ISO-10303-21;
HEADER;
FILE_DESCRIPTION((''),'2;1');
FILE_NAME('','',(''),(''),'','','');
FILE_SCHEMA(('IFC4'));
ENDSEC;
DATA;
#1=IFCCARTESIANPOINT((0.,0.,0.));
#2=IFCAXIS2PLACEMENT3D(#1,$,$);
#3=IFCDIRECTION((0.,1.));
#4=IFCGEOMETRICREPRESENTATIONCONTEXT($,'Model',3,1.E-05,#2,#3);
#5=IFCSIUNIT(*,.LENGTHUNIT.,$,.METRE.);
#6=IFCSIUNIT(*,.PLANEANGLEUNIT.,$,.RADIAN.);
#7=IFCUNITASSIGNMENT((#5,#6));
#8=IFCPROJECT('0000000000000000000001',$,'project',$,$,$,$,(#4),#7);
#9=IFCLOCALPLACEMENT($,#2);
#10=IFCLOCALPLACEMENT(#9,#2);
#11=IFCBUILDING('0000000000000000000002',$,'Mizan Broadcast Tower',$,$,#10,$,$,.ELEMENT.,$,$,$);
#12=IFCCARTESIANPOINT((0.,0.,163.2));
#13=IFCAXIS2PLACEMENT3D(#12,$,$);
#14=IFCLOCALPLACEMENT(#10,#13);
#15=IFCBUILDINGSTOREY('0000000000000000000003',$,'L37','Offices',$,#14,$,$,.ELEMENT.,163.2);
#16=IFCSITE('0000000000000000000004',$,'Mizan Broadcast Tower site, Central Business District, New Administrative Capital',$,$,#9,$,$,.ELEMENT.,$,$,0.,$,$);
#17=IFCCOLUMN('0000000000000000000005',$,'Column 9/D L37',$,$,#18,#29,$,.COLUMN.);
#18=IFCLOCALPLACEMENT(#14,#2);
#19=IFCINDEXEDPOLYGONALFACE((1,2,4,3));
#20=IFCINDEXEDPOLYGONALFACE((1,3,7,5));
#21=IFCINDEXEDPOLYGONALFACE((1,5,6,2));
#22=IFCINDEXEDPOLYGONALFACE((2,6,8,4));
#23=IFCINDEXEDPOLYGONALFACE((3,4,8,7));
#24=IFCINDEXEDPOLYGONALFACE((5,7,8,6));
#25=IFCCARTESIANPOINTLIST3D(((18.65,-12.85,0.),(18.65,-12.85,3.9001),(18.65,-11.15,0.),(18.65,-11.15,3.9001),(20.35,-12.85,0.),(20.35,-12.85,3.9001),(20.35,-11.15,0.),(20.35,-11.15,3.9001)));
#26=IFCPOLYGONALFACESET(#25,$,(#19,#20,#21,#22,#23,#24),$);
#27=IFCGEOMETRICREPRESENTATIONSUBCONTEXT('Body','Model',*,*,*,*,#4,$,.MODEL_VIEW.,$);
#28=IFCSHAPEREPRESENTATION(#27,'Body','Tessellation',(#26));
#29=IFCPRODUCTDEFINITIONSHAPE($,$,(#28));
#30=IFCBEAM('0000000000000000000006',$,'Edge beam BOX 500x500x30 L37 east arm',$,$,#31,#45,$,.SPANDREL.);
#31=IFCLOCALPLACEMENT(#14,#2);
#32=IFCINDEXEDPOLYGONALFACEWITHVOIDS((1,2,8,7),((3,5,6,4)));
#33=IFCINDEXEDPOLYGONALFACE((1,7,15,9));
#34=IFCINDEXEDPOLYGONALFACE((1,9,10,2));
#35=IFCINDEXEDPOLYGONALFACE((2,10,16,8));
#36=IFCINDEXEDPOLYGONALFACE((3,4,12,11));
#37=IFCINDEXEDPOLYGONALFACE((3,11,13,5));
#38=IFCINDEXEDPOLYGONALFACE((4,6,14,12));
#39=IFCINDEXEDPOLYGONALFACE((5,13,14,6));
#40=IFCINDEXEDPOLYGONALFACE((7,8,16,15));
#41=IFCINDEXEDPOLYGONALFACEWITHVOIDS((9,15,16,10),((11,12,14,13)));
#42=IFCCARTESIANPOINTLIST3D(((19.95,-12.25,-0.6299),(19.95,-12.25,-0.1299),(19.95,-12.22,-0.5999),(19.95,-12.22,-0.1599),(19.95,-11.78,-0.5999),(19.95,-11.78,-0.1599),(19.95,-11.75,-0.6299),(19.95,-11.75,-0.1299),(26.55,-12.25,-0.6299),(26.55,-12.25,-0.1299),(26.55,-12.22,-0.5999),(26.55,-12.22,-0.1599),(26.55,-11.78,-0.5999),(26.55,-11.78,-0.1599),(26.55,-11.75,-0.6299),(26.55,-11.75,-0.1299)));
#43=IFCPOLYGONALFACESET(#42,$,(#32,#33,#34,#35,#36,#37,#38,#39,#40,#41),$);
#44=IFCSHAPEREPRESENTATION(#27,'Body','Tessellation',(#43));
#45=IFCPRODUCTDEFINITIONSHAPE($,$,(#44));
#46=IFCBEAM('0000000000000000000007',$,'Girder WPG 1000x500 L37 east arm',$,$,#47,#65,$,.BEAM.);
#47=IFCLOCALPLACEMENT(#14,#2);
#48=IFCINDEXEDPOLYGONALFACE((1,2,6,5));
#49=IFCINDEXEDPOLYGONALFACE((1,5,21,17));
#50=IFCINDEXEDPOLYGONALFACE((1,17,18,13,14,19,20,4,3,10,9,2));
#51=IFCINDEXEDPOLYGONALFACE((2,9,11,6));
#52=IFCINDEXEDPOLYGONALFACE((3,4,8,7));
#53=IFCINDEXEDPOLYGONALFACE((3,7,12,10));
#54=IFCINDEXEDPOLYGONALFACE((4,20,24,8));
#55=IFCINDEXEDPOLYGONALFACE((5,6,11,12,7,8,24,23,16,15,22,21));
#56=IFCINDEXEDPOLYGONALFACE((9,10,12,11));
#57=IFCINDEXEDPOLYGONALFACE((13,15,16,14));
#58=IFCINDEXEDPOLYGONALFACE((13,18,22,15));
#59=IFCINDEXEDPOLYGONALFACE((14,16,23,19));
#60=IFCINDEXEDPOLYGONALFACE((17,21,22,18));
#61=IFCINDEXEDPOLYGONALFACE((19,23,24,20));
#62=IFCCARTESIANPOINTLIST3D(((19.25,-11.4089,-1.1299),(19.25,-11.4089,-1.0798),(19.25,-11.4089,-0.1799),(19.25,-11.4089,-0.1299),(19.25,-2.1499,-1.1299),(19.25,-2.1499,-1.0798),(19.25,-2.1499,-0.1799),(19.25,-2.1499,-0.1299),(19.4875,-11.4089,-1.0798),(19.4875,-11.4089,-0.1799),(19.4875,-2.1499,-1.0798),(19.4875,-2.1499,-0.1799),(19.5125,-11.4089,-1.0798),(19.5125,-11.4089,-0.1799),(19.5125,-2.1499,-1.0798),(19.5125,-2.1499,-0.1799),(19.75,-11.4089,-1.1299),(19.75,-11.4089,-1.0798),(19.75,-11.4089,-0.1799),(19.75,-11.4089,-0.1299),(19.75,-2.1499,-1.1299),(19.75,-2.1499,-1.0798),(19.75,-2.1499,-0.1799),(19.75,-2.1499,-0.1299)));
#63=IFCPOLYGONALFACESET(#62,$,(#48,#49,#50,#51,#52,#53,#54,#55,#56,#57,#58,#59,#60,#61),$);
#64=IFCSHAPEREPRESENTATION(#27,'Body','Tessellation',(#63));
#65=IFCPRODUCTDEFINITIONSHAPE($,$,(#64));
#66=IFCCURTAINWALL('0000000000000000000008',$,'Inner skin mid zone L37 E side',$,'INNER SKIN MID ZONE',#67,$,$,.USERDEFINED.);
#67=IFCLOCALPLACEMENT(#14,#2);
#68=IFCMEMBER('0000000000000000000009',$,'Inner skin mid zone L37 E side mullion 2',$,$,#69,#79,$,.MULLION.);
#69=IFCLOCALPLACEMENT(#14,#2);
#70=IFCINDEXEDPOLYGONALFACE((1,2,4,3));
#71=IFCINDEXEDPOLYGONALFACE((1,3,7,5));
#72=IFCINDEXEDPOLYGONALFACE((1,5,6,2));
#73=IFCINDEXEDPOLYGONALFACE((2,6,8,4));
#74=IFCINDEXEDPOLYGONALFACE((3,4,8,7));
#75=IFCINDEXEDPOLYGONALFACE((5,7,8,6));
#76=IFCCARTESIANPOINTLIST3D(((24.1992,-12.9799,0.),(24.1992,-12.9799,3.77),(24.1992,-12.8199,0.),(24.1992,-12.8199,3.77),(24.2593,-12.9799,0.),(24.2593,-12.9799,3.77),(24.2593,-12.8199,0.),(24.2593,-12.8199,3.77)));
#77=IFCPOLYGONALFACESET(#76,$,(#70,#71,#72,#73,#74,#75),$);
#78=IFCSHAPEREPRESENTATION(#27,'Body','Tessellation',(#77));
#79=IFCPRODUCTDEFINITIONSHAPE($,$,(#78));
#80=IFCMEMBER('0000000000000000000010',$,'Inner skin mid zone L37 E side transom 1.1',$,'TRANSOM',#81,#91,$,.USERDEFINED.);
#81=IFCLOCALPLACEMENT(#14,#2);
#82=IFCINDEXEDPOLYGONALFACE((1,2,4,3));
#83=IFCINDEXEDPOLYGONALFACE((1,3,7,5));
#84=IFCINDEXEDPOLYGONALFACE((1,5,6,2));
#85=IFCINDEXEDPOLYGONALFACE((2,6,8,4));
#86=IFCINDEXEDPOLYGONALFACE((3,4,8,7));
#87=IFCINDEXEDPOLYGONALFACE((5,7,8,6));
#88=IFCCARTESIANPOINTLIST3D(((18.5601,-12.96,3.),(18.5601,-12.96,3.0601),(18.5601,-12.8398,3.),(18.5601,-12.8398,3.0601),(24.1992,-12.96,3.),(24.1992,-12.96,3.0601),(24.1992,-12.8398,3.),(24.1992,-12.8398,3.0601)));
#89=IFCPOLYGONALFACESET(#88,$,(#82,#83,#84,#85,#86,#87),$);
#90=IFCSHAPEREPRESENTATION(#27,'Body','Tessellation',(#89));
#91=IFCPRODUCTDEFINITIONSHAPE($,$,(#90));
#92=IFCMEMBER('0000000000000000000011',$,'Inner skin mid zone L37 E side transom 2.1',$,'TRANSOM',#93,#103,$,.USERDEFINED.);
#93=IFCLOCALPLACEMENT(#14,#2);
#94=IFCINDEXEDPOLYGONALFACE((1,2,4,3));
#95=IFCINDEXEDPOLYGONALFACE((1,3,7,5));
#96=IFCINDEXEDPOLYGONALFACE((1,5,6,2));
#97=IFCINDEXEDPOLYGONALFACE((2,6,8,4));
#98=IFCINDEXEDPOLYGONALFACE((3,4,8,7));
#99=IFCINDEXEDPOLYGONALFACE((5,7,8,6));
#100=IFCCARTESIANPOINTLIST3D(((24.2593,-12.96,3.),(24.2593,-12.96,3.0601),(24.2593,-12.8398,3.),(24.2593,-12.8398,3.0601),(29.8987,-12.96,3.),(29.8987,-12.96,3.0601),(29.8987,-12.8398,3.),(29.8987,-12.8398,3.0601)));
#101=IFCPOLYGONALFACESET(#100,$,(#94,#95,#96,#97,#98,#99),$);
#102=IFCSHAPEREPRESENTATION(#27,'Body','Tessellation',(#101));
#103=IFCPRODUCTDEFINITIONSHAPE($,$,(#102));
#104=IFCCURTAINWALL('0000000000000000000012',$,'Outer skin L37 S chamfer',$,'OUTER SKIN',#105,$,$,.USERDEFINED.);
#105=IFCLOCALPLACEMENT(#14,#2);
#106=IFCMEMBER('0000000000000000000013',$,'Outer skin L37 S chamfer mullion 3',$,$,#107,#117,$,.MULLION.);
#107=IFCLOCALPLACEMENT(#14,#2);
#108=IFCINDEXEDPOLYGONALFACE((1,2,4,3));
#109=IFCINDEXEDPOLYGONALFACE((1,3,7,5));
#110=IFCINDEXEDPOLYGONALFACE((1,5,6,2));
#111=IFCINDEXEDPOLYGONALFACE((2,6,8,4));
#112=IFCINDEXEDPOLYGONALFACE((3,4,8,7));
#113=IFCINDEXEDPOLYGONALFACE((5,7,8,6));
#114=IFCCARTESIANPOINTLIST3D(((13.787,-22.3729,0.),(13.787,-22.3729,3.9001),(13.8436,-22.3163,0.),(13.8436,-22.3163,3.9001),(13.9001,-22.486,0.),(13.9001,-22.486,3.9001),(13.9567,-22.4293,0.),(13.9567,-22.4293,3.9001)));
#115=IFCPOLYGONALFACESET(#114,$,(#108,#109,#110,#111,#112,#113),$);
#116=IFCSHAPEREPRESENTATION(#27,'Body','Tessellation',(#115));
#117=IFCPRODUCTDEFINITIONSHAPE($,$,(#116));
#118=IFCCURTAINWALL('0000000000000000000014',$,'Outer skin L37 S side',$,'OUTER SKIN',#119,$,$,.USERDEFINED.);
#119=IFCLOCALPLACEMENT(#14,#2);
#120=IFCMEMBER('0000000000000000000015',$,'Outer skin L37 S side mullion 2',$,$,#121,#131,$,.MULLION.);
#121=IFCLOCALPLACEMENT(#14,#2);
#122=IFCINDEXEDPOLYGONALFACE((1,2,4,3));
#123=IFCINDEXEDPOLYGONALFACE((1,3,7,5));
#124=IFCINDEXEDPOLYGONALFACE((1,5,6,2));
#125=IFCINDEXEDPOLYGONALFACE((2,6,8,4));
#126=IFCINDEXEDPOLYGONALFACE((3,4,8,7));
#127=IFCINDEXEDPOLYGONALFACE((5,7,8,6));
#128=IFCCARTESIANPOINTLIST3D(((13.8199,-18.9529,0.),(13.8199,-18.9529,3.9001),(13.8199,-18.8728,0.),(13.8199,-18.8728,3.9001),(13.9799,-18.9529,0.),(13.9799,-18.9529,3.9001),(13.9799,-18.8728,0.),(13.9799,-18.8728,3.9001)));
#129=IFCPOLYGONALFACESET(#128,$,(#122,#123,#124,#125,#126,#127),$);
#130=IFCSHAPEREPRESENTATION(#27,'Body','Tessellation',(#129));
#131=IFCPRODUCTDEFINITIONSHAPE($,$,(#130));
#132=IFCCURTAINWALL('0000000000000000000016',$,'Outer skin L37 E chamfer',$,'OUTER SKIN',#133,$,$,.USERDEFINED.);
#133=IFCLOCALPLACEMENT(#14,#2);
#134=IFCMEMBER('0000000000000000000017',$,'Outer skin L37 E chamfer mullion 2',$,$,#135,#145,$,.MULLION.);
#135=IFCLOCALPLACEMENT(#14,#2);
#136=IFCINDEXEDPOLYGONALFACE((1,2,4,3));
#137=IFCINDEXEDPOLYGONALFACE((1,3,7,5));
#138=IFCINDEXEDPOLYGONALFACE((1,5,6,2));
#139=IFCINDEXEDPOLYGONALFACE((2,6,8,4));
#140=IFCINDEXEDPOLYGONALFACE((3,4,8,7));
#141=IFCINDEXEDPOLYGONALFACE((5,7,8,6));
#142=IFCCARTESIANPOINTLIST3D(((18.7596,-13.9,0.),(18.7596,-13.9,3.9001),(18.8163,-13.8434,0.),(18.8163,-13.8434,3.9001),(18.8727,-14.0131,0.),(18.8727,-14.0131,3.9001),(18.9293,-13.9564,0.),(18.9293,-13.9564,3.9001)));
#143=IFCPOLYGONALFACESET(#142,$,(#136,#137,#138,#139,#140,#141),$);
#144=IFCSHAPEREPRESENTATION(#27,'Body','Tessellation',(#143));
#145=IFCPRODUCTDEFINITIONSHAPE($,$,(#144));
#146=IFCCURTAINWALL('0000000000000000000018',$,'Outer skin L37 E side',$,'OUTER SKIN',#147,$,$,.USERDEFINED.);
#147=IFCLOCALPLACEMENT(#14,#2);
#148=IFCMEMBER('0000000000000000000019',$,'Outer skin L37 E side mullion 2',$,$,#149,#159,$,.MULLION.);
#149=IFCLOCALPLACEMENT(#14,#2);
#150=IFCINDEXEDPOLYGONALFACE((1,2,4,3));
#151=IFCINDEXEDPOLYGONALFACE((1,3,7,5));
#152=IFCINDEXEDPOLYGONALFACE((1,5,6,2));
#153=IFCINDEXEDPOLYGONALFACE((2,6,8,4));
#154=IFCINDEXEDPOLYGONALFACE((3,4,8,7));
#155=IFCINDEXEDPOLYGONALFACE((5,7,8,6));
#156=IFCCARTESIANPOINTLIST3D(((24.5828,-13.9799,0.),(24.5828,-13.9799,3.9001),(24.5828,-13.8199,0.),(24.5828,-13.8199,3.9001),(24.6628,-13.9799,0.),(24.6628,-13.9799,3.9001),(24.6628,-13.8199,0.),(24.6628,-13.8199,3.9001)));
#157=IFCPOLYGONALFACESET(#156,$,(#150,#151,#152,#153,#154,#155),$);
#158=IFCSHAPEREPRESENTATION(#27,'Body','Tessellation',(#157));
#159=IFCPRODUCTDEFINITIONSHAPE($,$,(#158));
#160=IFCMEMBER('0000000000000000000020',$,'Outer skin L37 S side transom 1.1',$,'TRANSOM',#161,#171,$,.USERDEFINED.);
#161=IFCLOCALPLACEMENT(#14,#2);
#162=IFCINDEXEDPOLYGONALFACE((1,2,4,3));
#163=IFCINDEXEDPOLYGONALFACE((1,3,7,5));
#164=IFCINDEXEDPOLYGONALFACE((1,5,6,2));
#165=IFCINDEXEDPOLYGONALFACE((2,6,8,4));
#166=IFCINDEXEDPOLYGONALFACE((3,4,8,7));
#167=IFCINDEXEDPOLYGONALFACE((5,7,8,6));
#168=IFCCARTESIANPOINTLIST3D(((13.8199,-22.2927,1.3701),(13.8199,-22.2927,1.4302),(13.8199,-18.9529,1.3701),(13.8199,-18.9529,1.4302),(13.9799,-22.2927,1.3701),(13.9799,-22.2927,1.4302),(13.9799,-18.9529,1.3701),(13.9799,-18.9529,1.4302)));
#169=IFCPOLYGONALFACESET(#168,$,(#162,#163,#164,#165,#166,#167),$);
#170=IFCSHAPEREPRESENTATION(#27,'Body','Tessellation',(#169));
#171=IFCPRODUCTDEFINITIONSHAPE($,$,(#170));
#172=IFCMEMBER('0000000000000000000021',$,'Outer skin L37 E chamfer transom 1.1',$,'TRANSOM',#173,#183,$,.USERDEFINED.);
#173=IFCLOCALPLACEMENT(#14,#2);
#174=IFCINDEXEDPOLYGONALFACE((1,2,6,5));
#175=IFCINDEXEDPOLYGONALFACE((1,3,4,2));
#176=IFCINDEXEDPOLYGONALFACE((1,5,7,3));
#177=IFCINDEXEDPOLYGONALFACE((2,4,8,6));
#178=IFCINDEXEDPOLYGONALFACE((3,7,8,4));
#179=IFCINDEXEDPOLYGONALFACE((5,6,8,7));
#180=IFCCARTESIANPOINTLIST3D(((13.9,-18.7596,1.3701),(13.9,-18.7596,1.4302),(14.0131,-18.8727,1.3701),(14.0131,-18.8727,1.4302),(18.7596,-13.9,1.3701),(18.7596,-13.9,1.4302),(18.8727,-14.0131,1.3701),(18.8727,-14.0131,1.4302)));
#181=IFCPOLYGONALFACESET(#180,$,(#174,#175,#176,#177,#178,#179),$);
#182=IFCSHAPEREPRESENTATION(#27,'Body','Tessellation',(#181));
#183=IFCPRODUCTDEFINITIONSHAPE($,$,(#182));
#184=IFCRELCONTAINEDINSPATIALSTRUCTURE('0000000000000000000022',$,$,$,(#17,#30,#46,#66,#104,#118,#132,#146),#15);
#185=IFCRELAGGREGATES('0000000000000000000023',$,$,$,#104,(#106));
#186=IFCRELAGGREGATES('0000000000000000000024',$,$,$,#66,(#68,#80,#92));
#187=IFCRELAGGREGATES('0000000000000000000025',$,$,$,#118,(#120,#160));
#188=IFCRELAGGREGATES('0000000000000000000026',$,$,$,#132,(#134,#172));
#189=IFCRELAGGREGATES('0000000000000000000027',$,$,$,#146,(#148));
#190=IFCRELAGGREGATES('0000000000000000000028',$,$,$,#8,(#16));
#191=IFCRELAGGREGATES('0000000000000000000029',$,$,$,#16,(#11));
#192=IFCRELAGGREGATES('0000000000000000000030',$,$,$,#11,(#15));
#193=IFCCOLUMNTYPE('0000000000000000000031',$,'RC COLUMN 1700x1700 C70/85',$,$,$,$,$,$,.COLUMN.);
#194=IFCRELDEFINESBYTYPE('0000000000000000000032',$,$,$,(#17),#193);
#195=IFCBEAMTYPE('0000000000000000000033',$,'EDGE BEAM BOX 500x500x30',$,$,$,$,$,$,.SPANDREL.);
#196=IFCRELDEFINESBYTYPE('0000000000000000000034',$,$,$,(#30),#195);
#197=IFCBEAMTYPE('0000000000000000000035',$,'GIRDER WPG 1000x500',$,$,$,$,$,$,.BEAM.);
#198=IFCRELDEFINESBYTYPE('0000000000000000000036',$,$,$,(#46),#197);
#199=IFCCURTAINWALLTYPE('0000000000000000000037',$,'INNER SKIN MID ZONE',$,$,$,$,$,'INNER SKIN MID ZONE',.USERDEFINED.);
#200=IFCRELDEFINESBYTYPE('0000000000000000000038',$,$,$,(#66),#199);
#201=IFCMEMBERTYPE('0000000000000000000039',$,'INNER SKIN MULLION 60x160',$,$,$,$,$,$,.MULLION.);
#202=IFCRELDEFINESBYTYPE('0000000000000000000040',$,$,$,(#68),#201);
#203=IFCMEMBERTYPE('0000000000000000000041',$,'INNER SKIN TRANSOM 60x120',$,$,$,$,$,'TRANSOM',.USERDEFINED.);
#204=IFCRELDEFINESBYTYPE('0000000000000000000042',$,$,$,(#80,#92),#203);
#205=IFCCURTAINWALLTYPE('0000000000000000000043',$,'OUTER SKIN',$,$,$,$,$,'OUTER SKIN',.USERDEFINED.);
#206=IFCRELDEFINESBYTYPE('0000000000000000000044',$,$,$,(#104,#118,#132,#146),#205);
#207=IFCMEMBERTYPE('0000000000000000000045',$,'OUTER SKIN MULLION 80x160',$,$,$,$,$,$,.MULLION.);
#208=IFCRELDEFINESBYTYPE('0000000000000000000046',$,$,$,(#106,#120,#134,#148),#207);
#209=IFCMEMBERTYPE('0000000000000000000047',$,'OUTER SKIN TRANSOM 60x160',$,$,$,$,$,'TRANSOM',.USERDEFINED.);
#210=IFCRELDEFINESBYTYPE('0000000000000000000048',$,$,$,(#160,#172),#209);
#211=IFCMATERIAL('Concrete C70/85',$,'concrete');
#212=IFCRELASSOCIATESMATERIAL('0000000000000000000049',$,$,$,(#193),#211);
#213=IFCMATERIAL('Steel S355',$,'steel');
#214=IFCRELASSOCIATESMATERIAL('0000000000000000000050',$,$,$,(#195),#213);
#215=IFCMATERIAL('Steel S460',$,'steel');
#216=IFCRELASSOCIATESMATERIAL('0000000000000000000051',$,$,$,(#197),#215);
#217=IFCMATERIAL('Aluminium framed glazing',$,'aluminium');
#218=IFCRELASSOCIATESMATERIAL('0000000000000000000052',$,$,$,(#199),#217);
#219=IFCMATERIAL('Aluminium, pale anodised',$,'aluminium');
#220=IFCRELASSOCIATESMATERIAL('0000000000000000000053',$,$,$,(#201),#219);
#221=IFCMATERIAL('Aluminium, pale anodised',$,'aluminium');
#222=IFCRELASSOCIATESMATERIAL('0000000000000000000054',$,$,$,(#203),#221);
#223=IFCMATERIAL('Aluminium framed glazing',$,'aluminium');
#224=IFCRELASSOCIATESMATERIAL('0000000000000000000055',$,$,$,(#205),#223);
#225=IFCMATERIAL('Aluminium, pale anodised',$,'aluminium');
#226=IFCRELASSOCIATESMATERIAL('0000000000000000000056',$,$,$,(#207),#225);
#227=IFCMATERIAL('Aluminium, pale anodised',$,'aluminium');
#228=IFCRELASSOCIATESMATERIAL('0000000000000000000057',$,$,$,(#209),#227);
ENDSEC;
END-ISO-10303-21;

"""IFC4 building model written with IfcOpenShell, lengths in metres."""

from ifc_helpers import new_model, si_unit, direction, frame, origin, origin_2d, place, context, subcontext, project, spatial, rectangle, hollow_rectangle, i_section, extrude, material, material_profile, profile_set, type_object, element, aggregate, save


model = new_model("IFC4")

# Units and contexts
model_context = context("Model", 3, precision=1e-05, world=origin(), true_north=direction((0.0, 1.0)))
body_context = subcontext(model_context, "Body", "Model", "MODEL_VIEW")
ifc_project = project(units=[si_unit("LENGTHUNIT", "METRE"), si_unit("PLANEANGLEUNIT", "RADIAN")], contexts=[model_context])

# Site, building, storey
site_placement = place(None, origin())
site = spatial("IfcSite", under=ifc_project, at=site_placement, Name="Mizan Broadcast Tower site, Central Business District, New Administrative Capital", CompositionType="ELEMENT", RefElevation=0.0)
building_placement = place(site_placement, origin())
building = spatial("IfcBuilding", under=site, at=building_placement, Name="Mizan Broadcast Tower", CompositionType="ELEMENT")
storey_placement = place(building_placement, frame((0.0, 0.0, 163.2)))
storey = spatial("IfcBuildingStorey", under=building, at=storey_placement, Name="L37", Description="Offices", CompositionType="ELEMENT", Elevation=163.2)

# Column
ifc_material_1 = material(Name="Concrete C70/85", Category="concrete")
ifc_material_profile_1 = material_profile(ifc_material_1, rectangle(XDim=1.7, YDim=1.7, at=origin_2d()), Name="RC 1700x1700")
ifc_profile_set_1 = profile_set([ifc_material_profile_1], Name="Concrete C70/85")
column_type = type_object("IfcColumnType", Name="RC COLUMN 1700x1700 C70/85", PredefinedType="COLUMN", material=ifc_profile_set_1)
column_placement = place(storey_placement, frame((19.5, -12.0, 0.0), z_axis=(0.0, 0.0, 1.0), x_axis=(1.0, 0.0, 0.0)))
element("IfcColumn", 1, at=column_placement, inside=storey, type_object=column_type, Name="Column 9/D L37", PredefinedType="COLUMN", context=body_context, shape_type="SweptSolid", body=[
    extrude(rectangle(XDim=1.7, YDim=1.7, at=origin_2d()), origin(), (0.0, 0.0, 1.0), 3.9001),
])

# Beams
ifc_material_2 = material(Name="Steel S355", Category="steel")
ifc_material_profile_2 = material_profile(ifc_material_2, hollow_rectangle(XDim=0.5, YDim=0.5, WallThickness=0.03, at=origin_2d()), Name="BOX 500x500x30")
ifc_profile_set_2 = profile_set([ifc_material_profile_2], Name="Steel S355")
beam_type_1 = type_object("IfcBeamType", Name="EDGE BEAM BOX 500x500x30", PredefinedType="SPANDREL", material=ifc_profile_set_2)
beam_1_placement = place(storey_placement, frame((19.95, -12.0, -0.3799), z_axis=(1.0, 0.0, 0.0), x_axis=(0.0, 1.0, 0.0)))
element("IfcBeam", 2, at=beam_1_placement, inside=storey, type_object=beam_type_1, Name="Edge beam BOX 500x500x30 L37 east arm", PredefinedType="SPANDREL", context=body_context, shape_type="SweptSolid", body=[
    extrude(hollow_rectangle(XDim=0.5, YDim=0.5, WallThickness=0.03, at=origin_2d()), origin(), (0.0, 0.0, 1.0), 6.6001),
])
ifc_material_3 = material(Name="Steel S460", Category="steel")
ifc_material_profile_3 = material_profile(ifc_material_3, i_section(OverallWidth=0.5, OverallDepth=1.0, WebThickness=0.0249, FlangeThickness=0.05, at=origin_2d()), Name="WPG 1000x500")
ifc_profile_set_3 = profile_set([ifc_material_profile_3], Name="Steel S460")
beam_type_2 = type_object("IfcBeamType", Name="GIRDER WPG 1000x500", PredefinedType="BEAM", material=ifc_profile_set_3)
beam_2_placement = place(storey_placement, frame((19.5, -11.4089, -0.6299), z_axis=(0.0, 1.0, 0.0), x_axis=(-1.0, 0.0, 0.0)))
element("IfcBeam", 3, at=beam_2_placement, inside=storey, type_object=beam_type_2, Name="Girder WPG 1000x500 L37 east arm", PredefinedType="BEAM", context=body_context, shape_type="SweptSolid", body=[
    extrude(i_section(OverallWidth=0.5, OverallDepth=1.0, WebThickness=0.0249, FlangeThickness=0.05, at=origin_2d()), origin(), (0.0, 0.0, 1.0), 9.259),
])

# Curtain wall, members
ifc_material_4 = material(Name="Aluminium framed glazing", Category="aluminium")
curtain_wall_type_1 = type_object("IfcCurtainWallType", Name="INNER SKIN MID ZONE", ElementType="INNER SKIN MID ZONE", PredefinedType="USERDEFINED", material=ifc_material_4)
curtain_wall_1_placement = place(storey_placement, origin())
curtain_wall_1 = element("IfcCurtainWall", 4, at=curtain_wall_1_placement, inside=storey, type_object=curtain_wall_type_1, Name="Inner skin mid zone L37 E side", ObjectType="INNER SKIN MID ZONE", PredefinedType="USERDEFINED")
ifc_material_5 = material(Name="Aluminium, pale anodised", Category="aluminium")
ifc_material_profile_4 = material_profile(ifc_material_5, rectangle(XDim=0.1599, YDim=0.0601, at=origin_2d()), Name="MULLION 160x60")
ifc_profile_set_4 = profile_set([ifc_material_profile_4], Name="Aluminium, pale anodised")
member_type_1 = type_object("IfcMemberType", Name="INNER SKIN MULLION 60x160", PredefinedType="MULLION", material=ifc_profile_set_4)
member_1_placement = place(storey_placement, frame((24.2292, -12.8999, 0.0), z_axis=(0.0, 0.0, 1.0), x_axis=(0.0, 1.0, 0.0)))
member_1 = element("IfcMember", 5, at=member_1_placement, type_object=member_type_1, Name="Inner skin mid zone L37 E side mullion 2", PredefinedType="MULLION", context=body_context, shape_type="SweptSolid", body=[
    extrude(rectangle(XDim=0.1599, YDim=0.0601, at=origin_2d()), origin(), (0.0, 0.0, 1.0), 3.77),
])
ifc_material_6 = material(Name="Aluminium, pale anodised", Category="aluminium")
ifc_material_profile_5 = material_profile(ifc_material_6, rectangle(XDim=0.1201, YDim=0.0601, at=origin_2d()), Name="TRANSOM 120x60")
ifc_profile_set_5 = profile_set([ifc_material_profile_5], Name="Aluminium, pale anodised")
member_type_2 = type_object("IfcMemberType", Name="INNER SKIN TRANSOM 60x120", ElementType="TRANSOM", PredefinedType="USERDEFINED", material=ifc_profile_set_5)
member_2_placement = place(storey_placement, frame((18.5601, -12.8999, 3.03), z_axis=(1.0, 0.0, 0.0), x_axis=(0.0, 1.0, 0.0)))
member_2 = element("IfcMember", 6, at=member_2_placement, type_object=member_type_2, Name="Inner skin mid zone L37 E side transom 1.1", ObjectType="TRANSOM", PredefinedType="USERDEFINED", context=body_context, shape_type="SweptSolid", body=[
    extrude(rectangle(XDim=0.1201, YDim=0.0601, at=origin_2d()), origin(), (0.0, 0.0, 1.0), 5.6392),
])
member_3_placement = place(storey_placement, frame((24.2593, -12.8999, 3.03), z_axis=(1.0, 0.0, 0.0), x_axis=(0.0, 1.0, 0.0)))
member_3 = element("IfcMember", 7, at=member_3_placement, type_object=member_type_2, Name="Inner skin mid zone L37 E side transom 2.1", ObjectType="TRANSOM", PredefinedType="USERDEFINED", context=body_context, shape_type="SweptSolid", body=[
    extrude(rectangle(XDim=0.1201, YDim=0.0601, at=origin_2d()), origin(), (0.0, 0.0, 1.0), 5.6394),
])

# Curtain walls, members
ifc_material_7 = material(Name="Aluminium framed glazing", Category="aluminium")
curtain_wall_type_2 = type_object("IfcCurtainWallType", Name="OUTER SKIN", ElementType="OUTER SKIN", PredefinedType="USERDEFINED", material=ifc_material_7)
curtain_wall_2_placement = place(storey_placement, origin())
curtain_wall_2 = element("IfcCurtainWall", 8, at=curtain_wall_2_placement, inside=storey, type_object=curtain_wall_type_2, Name="Outer skin L37 S chamfer", ObjectType="OUTER SKIN", PredefinedType="USERDEFINED")
ifc_material_8 = material(Name="Aluminium, pale anodised", Category="aluminium")
ifc_material_profile_6 = material_profile(ifc_material_8, rectangle(XDim=0.1599, YDim=0.0801, at=origin_2d()), Name="MULLION 160x80")
ifc_profile_set_6 = profile_set([ifc_material_profile_6], Name="Aluminium, pale anodised")
member_type_3 = type_object("IfcMemberType", Name="OUTER SKIN MULLION 80x160", PredefinedType="MULLION", material=ifc_profile_set_6)
member_4_placement = place(storey_placement, frame((13.8718, -22.4011, 0.0), z_axis=(0.0, 0.0, 1.0), x_axis=(-0.707107, 0.707107, 0.0)))
member_4 = element("IfcMember", 9, at=member_4_placement, type_object=member_type_3, Name="Outer skin L37 S chamfer mullion 3", PredefinedType="MULLION", context=body_context, shape_type="SweptSolid", body=[
    extrude(rectangle(XDim=0.1599, YDim=0.0801, at=origin_2d()), origin(), (0.0, 0.0, 1.0), 3.9001),
])
aggregate(curtain_wall_2, [member_4])
curtain_wall_3_placement = place(storey_placement, origin())
curtain_wall_3 = element("IfcCurtainWall", 10, at=curtain_wall_3_placement, inside=storey, type_object=curtain_wall_type_2, Name="Outer skin L37 S side", ObjectType="OUTER SKIN", PredefinedType="USERDEFINED")
member_5_placement = place(storey_placement, frame((13.8999, -18.9128, 0.0), z_axis=(0.0, 0.0, 1.0), x_axis=(-1.0, 0.0, 0.0)))
member_5 = element("IfcMember", 11, at=member_5_placement, type_object=member_type_3, Name="Outer skin L37 S side mullion 2", PredefinedType="MULLION", context=body_context, shape_type="SweptSolid", body=[
    extrude(rectangle(XDim=0.1599, YDim=0.0801, at=origin_2d()), origin(), (0.0, 0.0, 1.0), 3.9001),
])
curtain_wall_4_placement = place(storey_placement, origin())
curtain_wall_4 = element("IfcCurtainWall", 12, at=curtain_wall_4_placement, inside=storey, type_object=curtain_wall_type_2, Name="Outer skin L37 E chamfer", ObjectType="OUTER SKIN", PredefinedType="USERDEFINED")
member_6_placement = place(storey_placement, frame((18.8445, -13.9282, 0.0), z_axis=(0.0, 0.0, 1.0), x_axis=(-0.707107, 0.707107, 0.0)))
member_6 = element("IfcMember", 13, at=member_6_placement, type_object=member_type_3, Name="Outer skin L37 E chamfer mullion 2", PredefinedType="MULLION", context=body_context, shape_type="SweptSolid", body=[
    extrude(rectangle(XDim=0.1599, YDim=0.0801, at=origin_2d()), origin(), (0.0, 0.0, 1.0), 3.9001),
])
curtain_wall_5_placement = place(storey_placement, origin())
curtain_wall_5 = element("IfcCurtainWall", 14, at=curtain_wall_5_placement, inside=storey, type_object=curtain_wall_type_2, Name="Outer skin L37 E side", ObjectType="OUTER SKIN", PredefinedType="USERDEFINED")
member_7_placement = place(storey_placement, frame((24.6228, -13.8999, 0.0), z_axis=(0.0, 0.0, 1.0), x_axis=(0.0, 1.0, 0.0)))
member_7 = element("IfcMember", 15, at=member_7_placement, type_object=member_type_3, Name="Outer skin L37 E side mullion 2", PredefinedType="MULLION", context=body_context, shape_type="SweptSolid", body=[
    extrude(rectangle(XDim=0.1599, YDim=0.0801, at=origin_2d()), origin(), (0.0, 0.0, 1.0), 3.9001),
])

# Members
ifc_material_9 = material(Name="Aluminium, pale anodised", Category="aluminium")
ifc_material_profile_7 = material_profile(ifc_material_9, rectangle(XDim=0.1599, YDim=0.0601, at=origin_2d()), Name="TRANSOM 160x60")
ifc_profile_set_7 = profile_set([ifc_material_profile_7], Name="Aluminium, pale anodised")
member_type_4 = type_object("IfcMemberType", Name="OUTER SKIN TRANSOM 60x160", ElementType="TRANSOM", PredefinedType="USERDEFINED", material=ifc_profile_set_7)
member_8_placement = place(storey_placement, frame((13.8999, -22.2927, 1.4001), z_axis=(0.0, 1.0, 0.0), x_axis=(-1.0, 0.0, 0.0)))
member_8 = element("IfcMember", 16, at=member_8_placement, type_object=member_type_4, Name="Outer skin L37 S side transom 1.1", ObjectType="TRANSOM", PredefinedType="USERDEFINED", context=body_context, shape_type="SweptSolid", body=[
    extrude(rectangle(XDim=0.1599, YDim=0.0601, at=origin_2d()), origin(), (0.0, 0.0, 1.0), 3.3398),
])
member_9_placement = place(storey_placement, frame((13.9565, -18.8162, 1.4001), z_axis=(0.707107, 0.707107, 0.0), x_axis=(-0.707107, 0.707107, 0.0)))
member_9 = element("IfcMember", 17, at=member_9_placement, type_object=member_type_4, Name="Outer skin L37 E chamfer transom 1.1", ObjectType="TRANSOM", PredefinedType="USERDEFINED", context=body_context, shape_type="SweptSolid", body=[
    extrude(rectangle(XDim=0.1599, YDim=0.0601, at=origin_2d()), origin(), (0.0, 0.0, 1.0), 6.8726),
])

aggregate(curtain_wall_1, [member_1, member_2, member_3])
aggregate(curtain_wall_3, [member_5, member_8])
aggregate(curtain_wall_4, [member_6, member_9])
aggregate(curtain_wall_5, [member_7])

save(model, "model.ifc")
